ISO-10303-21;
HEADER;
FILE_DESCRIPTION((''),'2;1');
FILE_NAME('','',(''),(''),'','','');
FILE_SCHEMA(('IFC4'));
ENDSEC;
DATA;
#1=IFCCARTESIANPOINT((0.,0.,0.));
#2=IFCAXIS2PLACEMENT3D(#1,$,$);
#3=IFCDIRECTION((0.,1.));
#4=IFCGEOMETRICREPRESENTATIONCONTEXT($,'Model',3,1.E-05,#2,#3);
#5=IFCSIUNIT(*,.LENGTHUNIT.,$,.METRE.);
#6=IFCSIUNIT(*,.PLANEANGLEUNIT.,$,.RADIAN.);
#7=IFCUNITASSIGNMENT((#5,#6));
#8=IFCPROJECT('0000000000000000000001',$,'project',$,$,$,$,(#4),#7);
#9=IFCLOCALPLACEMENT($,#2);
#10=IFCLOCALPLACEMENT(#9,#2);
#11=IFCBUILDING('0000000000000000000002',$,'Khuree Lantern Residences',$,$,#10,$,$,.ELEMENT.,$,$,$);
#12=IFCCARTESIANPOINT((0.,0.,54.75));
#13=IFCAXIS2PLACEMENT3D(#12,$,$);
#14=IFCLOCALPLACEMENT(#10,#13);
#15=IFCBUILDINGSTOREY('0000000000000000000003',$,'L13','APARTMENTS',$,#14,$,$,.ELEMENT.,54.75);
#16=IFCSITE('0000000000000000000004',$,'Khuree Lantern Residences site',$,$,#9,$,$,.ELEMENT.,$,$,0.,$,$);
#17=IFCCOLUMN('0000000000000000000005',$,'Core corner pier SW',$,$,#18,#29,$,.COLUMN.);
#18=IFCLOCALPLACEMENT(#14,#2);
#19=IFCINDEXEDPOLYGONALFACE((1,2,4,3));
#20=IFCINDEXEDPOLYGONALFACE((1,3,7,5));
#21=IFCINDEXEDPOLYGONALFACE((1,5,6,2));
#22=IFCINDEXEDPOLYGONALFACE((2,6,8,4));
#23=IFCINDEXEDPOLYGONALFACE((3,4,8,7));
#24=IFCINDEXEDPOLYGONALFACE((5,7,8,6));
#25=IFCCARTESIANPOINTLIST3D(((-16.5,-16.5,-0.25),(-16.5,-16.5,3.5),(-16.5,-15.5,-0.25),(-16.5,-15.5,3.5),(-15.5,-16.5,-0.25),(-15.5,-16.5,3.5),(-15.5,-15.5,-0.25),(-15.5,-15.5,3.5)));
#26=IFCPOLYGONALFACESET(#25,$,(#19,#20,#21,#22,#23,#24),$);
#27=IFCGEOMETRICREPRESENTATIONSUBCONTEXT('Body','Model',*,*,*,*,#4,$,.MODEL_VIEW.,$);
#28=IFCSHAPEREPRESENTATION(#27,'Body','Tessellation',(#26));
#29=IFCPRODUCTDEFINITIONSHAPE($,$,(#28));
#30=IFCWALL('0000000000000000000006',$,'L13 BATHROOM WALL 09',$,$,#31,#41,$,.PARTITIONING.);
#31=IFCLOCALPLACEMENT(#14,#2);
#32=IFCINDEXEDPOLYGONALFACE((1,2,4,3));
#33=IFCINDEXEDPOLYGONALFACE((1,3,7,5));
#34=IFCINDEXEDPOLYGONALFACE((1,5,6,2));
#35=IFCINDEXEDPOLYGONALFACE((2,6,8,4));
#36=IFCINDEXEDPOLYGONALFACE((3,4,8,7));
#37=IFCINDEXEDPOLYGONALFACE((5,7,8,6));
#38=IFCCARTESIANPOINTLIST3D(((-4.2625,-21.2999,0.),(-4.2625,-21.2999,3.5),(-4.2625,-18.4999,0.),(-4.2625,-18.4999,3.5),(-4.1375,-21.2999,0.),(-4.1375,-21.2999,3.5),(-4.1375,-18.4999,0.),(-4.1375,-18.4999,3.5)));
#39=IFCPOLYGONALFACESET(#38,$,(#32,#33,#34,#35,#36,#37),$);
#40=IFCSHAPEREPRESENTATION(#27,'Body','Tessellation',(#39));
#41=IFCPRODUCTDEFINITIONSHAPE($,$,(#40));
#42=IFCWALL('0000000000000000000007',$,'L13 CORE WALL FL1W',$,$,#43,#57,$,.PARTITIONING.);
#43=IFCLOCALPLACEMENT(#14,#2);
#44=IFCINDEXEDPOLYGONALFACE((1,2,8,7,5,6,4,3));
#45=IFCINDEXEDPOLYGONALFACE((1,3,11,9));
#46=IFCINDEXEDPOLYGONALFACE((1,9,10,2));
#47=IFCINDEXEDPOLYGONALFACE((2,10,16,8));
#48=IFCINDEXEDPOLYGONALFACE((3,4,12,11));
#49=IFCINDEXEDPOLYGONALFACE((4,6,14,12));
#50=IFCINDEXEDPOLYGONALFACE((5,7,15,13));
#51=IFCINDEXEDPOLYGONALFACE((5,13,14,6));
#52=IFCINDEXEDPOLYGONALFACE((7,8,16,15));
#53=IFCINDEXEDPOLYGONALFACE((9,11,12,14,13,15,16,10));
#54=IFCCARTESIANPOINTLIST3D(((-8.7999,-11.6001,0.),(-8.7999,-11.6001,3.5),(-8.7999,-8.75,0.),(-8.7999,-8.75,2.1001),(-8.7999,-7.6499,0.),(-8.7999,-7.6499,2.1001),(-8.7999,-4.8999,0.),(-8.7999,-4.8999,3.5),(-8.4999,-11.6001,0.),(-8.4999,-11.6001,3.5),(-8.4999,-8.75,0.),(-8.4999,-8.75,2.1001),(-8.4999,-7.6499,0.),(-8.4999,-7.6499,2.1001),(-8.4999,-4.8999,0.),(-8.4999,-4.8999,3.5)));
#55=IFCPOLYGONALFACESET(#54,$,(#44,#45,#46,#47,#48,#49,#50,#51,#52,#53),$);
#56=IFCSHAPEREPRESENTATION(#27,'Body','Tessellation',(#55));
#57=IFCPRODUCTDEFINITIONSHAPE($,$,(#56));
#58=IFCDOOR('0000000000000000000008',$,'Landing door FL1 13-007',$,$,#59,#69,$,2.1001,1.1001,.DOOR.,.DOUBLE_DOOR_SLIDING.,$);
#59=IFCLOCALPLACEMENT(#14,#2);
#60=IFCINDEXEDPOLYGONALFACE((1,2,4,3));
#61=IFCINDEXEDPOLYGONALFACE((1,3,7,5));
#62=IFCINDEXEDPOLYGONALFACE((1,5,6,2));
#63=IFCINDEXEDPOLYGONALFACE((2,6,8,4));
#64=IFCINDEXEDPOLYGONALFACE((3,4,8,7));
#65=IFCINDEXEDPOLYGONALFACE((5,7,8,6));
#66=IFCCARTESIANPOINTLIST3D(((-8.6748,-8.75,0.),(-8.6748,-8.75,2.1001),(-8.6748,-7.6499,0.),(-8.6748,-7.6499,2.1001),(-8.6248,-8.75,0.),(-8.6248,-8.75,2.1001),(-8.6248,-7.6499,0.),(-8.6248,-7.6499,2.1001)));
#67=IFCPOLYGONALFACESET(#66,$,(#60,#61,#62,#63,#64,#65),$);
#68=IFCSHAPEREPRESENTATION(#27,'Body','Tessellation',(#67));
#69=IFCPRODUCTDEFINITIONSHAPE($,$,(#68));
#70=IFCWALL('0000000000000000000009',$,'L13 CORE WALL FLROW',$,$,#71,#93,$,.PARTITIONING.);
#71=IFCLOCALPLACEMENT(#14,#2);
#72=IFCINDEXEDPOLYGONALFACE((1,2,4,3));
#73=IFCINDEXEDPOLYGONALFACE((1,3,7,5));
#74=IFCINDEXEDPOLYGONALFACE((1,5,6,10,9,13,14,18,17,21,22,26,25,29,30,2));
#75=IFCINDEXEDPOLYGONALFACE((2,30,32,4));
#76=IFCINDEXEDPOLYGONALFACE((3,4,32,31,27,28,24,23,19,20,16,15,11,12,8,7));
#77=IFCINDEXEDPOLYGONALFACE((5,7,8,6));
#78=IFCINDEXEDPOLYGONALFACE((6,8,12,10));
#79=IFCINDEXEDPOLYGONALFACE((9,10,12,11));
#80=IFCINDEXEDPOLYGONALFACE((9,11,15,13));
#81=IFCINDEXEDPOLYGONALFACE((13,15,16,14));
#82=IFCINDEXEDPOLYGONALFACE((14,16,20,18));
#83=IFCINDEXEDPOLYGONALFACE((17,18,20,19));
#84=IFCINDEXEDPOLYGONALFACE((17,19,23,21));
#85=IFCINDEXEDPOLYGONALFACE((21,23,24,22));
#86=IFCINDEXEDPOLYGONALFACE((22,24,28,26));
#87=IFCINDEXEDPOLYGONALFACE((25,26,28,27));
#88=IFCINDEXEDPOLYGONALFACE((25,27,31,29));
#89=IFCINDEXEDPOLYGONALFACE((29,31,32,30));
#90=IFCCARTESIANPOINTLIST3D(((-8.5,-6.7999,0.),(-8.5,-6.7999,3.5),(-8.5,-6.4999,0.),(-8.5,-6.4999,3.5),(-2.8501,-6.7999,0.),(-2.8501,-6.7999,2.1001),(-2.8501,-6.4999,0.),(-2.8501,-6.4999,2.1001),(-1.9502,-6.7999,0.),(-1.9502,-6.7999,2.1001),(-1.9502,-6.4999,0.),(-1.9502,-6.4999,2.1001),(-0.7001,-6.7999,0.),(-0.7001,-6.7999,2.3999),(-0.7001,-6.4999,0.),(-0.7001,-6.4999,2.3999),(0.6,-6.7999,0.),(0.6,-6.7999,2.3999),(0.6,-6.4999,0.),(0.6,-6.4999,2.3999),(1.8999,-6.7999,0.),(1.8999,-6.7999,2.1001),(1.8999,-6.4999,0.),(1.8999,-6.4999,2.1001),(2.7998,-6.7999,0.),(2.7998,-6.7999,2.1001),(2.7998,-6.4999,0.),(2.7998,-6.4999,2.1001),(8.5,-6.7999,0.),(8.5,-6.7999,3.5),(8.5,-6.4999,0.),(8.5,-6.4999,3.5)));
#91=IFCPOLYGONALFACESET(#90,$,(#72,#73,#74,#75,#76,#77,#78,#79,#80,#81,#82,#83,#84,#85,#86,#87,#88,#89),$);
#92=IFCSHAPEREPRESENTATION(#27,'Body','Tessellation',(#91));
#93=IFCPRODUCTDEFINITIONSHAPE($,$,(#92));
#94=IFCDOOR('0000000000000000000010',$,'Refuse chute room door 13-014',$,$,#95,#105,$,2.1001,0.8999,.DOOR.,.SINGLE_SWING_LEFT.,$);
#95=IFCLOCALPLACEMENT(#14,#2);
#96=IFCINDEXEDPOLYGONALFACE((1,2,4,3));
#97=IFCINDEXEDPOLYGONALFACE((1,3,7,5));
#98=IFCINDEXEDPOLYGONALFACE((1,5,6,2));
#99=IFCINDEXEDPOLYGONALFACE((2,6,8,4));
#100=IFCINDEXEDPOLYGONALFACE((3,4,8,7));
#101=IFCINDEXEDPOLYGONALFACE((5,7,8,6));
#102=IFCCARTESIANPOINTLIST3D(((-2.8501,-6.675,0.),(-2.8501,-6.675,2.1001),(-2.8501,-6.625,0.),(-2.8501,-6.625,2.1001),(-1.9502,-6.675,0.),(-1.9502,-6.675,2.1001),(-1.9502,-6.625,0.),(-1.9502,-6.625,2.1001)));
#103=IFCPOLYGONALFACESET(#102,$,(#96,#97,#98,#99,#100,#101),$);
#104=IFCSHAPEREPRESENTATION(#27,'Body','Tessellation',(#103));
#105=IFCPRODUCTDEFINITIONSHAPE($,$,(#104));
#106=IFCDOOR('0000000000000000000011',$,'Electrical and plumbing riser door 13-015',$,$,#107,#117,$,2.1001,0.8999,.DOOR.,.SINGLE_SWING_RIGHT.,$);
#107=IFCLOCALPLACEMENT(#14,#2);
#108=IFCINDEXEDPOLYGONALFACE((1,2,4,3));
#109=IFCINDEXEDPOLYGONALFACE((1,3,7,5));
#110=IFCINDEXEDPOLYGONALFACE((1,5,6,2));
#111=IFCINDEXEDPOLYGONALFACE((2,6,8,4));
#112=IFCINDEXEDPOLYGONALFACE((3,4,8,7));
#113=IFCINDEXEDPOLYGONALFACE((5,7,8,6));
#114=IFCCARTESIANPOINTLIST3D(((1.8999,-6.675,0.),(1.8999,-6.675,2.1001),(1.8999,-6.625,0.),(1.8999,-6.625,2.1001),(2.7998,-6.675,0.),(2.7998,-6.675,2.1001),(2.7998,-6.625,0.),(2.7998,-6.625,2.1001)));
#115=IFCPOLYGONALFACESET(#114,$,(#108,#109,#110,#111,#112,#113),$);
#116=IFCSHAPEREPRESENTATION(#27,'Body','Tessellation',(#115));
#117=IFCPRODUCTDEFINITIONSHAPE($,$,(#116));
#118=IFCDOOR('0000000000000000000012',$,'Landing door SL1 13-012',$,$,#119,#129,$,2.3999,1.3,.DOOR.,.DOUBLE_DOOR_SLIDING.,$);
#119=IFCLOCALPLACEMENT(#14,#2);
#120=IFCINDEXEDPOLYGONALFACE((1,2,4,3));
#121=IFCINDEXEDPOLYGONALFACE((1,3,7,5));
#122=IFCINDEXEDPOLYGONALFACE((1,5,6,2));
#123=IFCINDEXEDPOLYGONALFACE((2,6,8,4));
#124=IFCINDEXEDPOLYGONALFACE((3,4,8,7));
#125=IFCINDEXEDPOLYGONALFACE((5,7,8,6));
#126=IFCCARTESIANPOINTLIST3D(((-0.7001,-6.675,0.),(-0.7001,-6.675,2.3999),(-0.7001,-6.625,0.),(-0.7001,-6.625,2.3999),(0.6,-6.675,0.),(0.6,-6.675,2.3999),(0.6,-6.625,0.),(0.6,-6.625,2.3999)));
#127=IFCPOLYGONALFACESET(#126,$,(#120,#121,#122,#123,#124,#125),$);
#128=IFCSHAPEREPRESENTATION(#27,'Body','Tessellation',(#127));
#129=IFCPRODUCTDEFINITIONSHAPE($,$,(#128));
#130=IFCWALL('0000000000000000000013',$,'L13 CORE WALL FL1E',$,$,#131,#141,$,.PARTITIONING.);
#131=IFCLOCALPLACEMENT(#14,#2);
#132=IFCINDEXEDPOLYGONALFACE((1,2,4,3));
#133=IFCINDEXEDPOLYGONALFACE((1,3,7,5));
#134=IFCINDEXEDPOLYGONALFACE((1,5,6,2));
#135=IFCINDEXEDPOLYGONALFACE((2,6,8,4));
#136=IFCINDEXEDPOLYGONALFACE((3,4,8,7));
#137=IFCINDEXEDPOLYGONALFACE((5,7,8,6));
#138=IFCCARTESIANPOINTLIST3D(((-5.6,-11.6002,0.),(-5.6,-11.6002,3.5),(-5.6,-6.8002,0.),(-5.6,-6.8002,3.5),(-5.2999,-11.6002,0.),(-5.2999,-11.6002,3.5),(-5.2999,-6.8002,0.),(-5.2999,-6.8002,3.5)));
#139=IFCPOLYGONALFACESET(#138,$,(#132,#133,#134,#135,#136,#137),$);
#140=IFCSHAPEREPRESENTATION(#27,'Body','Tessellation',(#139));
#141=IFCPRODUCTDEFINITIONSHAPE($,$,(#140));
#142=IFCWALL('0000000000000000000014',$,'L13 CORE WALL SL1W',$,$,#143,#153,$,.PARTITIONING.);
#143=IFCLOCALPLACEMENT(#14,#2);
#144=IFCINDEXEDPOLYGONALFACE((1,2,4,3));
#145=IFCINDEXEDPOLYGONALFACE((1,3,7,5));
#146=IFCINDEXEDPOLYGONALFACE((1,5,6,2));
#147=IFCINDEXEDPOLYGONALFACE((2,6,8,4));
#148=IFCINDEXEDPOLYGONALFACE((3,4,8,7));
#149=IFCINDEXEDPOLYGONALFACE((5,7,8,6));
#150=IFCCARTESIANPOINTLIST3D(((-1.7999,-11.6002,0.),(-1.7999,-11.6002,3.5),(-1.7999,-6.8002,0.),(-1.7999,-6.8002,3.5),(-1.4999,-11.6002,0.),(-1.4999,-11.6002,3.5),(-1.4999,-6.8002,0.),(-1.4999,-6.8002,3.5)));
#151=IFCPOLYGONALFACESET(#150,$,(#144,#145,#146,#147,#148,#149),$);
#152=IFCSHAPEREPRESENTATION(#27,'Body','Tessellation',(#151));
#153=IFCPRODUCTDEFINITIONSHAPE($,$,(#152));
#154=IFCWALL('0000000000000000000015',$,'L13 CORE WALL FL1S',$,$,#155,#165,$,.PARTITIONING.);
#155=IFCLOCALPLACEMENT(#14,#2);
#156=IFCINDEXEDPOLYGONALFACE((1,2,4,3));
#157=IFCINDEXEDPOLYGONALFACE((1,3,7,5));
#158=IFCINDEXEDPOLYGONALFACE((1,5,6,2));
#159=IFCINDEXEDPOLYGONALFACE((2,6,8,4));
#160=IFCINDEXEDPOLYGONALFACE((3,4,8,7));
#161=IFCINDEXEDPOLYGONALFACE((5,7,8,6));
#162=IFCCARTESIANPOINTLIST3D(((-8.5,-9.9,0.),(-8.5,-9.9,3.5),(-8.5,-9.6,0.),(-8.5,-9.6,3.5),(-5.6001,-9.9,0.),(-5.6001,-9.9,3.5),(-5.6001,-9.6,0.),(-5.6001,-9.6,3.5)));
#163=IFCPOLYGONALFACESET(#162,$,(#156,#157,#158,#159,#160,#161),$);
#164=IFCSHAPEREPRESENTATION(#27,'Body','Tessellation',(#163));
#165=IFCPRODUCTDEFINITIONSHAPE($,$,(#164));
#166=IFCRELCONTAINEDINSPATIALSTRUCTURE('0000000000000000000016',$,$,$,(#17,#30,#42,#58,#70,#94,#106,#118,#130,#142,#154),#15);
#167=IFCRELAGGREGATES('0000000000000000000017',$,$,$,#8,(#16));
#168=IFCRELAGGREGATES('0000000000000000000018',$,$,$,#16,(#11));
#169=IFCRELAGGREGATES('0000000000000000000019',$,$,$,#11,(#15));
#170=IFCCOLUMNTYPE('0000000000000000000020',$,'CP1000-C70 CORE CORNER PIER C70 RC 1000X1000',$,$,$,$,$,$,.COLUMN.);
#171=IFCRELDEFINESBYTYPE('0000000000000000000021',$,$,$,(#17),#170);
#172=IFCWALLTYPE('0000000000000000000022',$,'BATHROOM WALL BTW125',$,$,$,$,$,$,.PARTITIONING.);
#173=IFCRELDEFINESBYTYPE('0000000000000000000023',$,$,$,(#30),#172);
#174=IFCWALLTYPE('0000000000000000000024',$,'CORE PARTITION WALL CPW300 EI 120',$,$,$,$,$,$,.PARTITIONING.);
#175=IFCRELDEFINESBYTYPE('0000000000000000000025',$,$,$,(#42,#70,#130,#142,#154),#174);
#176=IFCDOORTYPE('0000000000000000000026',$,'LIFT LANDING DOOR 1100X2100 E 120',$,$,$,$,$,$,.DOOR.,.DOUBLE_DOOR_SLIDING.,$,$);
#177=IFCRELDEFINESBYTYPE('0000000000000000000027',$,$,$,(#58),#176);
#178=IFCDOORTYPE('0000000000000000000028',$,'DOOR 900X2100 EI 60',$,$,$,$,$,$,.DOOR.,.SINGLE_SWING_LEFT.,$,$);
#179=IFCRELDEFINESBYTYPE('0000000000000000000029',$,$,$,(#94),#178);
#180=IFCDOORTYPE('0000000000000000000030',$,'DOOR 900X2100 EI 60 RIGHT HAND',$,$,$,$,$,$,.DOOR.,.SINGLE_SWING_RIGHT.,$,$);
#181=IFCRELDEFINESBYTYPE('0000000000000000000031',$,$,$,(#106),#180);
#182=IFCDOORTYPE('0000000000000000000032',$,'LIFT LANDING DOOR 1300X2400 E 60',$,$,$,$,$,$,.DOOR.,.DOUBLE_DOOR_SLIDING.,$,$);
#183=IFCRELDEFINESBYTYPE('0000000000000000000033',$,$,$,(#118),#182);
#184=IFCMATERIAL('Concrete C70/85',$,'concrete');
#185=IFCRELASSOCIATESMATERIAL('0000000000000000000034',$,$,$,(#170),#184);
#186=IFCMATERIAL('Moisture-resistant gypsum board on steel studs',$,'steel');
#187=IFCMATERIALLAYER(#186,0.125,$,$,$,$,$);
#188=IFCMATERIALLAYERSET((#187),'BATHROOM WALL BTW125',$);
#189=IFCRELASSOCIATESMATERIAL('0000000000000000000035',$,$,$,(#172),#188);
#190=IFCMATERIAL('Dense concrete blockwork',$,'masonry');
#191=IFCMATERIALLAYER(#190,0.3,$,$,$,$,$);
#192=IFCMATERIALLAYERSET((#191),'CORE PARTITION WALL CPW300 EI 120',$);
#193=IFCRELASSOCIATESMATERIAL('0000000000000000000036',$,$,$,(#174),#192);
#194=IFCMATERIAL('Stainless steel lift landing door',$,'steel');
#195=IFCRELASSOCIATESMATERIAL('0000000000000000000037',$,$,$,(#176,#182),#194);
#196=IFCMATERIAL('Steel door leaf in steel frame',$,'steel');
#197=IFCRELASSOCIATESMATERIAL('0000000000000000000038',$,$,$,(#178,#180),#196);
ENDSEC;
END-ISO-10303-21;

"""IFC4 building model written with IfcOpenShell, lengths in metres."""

from ifc_helpers import new_model, si_unit, direction, frame, frame_2d, origin, origin_2d, place, context, subcontext, project, spatial, rectangle, extrude, material, layer, layer_set, material_profile, profile_set, type_object, element, fill, save


model = new_model("IFC4")

# Units and contexts
model_context = context("Model", 3, precision=1e-05, world=origin(), true_north=direction((0.0, 1.0)))
body_context = subcontext(model_context, "Body", "Model", "MODEL_VIEW")
ifc_project = project(units=[si_unit("LENGTHUNIT", "METRE"), si_unit("PLANEANGLEUNIT", "RADIAN")], contexts=[model_context])

# Site, building, storey
site_placement = place(None, origin())
site = spatial("IfcSite", under=ifc_project, at=site_placement, Name="Khuree Lantern Residences site", CompositionType="ELEMENT", RefElevation=0.0)
building_placement = place(site_placement, origin())
building = spatial("IfcBuilding", under=site, at=building_placement, Name="Khuree Lantern Residences", CompositionType="ELEMENT")
storey_placement = place(building_placement, frame((0.0, 0.0, 54.75)))
storey = spatial("IfcBuildingStorey", under=building, at=storey_placement, Name="L13", Description="APARTMENTS", CompositionType="ELEMENT", Elevation=54.75)

# Column
ifc_material_1 = material(Name="Concrete C70/85", Category="concrete")
ifc_material_profile = material_profile(ifc_material_1, rectangle(XDim=1.0, YDim=1.0, at=origin_2d()), Name="RC 1000X1000")
ifc_profile_set = profile_set([ifc_material_profile], Name="Concrete C70/85")
column_type = type_object("IfcColumnType", Name="CP1000-C70 CORE CORNER PIER C70 RC 1000X1000", PredefinedType="COLUMN", material=ifc_profile_set)
column_placement = place(storey_placement, frame((-16.0, -16.0, -0.25), z_axis=(0.0, 0.0, 1.0), x_axis=(1.0, 0.0, 0.0)))
element("IfcColumn", 1, at=column_placement, inside=storey, type_object=column_type, Name="Core corner pier SW", PredefinedType="COLUMN", context=body_context, shape_type="SweptSolid", body=[
    extrude(rectangle(XDim=1.0, YDim=1.0, at=origin_2d()), origin(), (0.0, 0.0, 1.0), 3.75),
])

# Wall
ifc_material_2 = material(Name="Moisture-resistant gypsum board on steel studs", Category="steel")
ifc_layer_1 = layer(ifc_material_2, 0.125)
ifc_layer_set_1 = layer_set([ifc_layer_1], Name="BATHROOM WALL BTW125")
wall_type_1 = type_object("IfcWallType", Name="BATHROOM WALL BTW125", PredefinedType="PARTITIONING", material=ifc_layer_set_1)
wall_1_placement = place(storey_placement, frame((-4.2, -18.5, 0.0), z_axis=(0.0, 0.0, 1.0), x_axis=(0.0, -1.0, 0.0)))
element("IfcWall", 2, at=wall_1_placement, inside=storey, type_object=wall_type_1, Name="L13 BATHROOM WALL 09", PredefinedType="PARTITIONING", context=body_context, shape_type="SweptSolid", body=[
    extrude(rectangle(XDim=2.8, YDim=0.125, at=frame_2d((1.3999, 0.0))), origin(), (0.0, 0.0, 1.0), 3.5),
])

# Wall, opening, door
ifc_material_3 = material(Name="Dense concrete blockwork", Category="masonry")
ifc_layer_2 = layer(ifc_material_3, 0.3)
ifc_layer_set_2 = layer_set([ifc_layer_2], Name="CORE PARTITION WALL CPW300 EI 120")
wall_type_2 = type_object("IfcWallType", Name="CORE PARTITION WALL CPW300 EI 120", PredefinedType="PARTITIONING", material=ifc_layer_set_2)
wall_2_placement = place(storey_placement, frame((-8.6499, -11.6001, 0.0), z_axis=(0.0, 0.0, 1.0), x_axis=(0.0, 1.0, 0.0)))
wall_2 = element("IfcWall", 3, at=wall_2_placement, inside=storey, type_object=wall_type_2, Name="L13 CORE WALL FL1W", PredefinedType="PARTITIONING", context=body_context, shape_type="SweptSolid", body=[
    extrude(rectangle(XDim=6.7002, YDim=0.3, at=frame_2d((3.3501, 0.0))), origin(), (0.0, 0.0, 1.0), 3.5),
])
opening_1_placement = place(wall_2_placement, frame((2.8501, 0.0, 0.0)))
opening_1 = element("IfcOpeningElement", 4, at=opening_1_placement, cuts=wall_2, PredefinedType="OPENING", context=body_context, shape_type="SweptSolid", body=[
    extrude(rectangle(XDim=1.1001, YDim=2.1001, at=frame_2d((0.55, 1.05))), frame((0.0, 0.1602, 0.0), z_axis=(0.0, -1.0, 0.0), x_axis=(1.0, 0.0, 0.0)), (0.0, 0.0, 1.0), 0.3201),
])
ifc_material_4 = material(Name="Stainless steel lift landing door", Category="steel")
door_type_1 = type_object("IfcDoorType", Name="LIFT LANDING DOOR 1100X2100 E 120", OperationType="DOUBLE_DOOR_SLIDING", PredefinedType="DOOR", material=ifc_material_4)
door_1_placement = place(opening_1_placement, origin())
door_1 = element("IfcDoor", 5, at=door_1_placement, inside=storey, type_object=door_type_1, Name="Landing door FL1 13-007", OperationType="DOUBLE_DOOR_SLIDING", OverallHeight=2.1001, OverallWidth=1.1001, PredefinedType="DOOR", context=body_context, shape_type="SweptSolid", body=[
    extrude(rectangle(XDim=1.1001, YDim=2.1001, at=frame_2d((0.55, 1.05))), frame((0.0, 0.0249, 0.0), z_axis=(0.0, -1.0, 0.0), x_axis=(1.0, 0.0, 0.0)), (0.0, 0.0, 1.0), 0.05),
])
fill(opening_1, door_1)

# Wall, openings, doors
wall_3_placement = place(storey_placement, frame((-8.5, -6.6499, 0.0), z_axis=(0.0, 0.0, 1.0), x_axis=(1.0, 0.0, 0.0)))
wall_3 = element("IfcWall", 6, at=wall_3_placement, inside=storey, type_object=wall_type_2, Name="L13 CORE WALL FLROW", PredefinedType="PARTITIONING", context=body_context, shape_type="SweptSolid", body=[
    extrude(rectangle(XDim=17.0, YDim=0.3, at=frame_2d((8.5, 0.0))), origin(), (0.0, 0.0, 1.0), 3.5),
])
opening_2_placement = place(wall_3_placement, frame((7.8, 0.0, 0.0)))
opening_2 = element("IfcOpeningElement", 7, at=opening_2_placement, cuts=wall_3, PredefinedType="OPENING", context=body_context, shape_type="SweptSolid", body=[
    extrude(rectangle(XDim=1.3, YDim=2.3999, at=frame_2d((0.6499, 1.2))), frame((0.0, 0.1602, 0.0), z_axis=(0.0, -1.0, 0.0), x_axis=(1.0, 0.0, 0.0)), (0.0, 0.0, 1.0), 0.3201),
])
opening_3_placement = place(wall_3_placement, frame((5.6499, 0.0, 0.0)))
opening_3 = element("IfcOpeningElement", 8, at=opening_3_placement, cuts=wall_3, PredefinedType="OPENING", context=body_context, shape_type="SweptSolid", body=[
    extrude(rectangle(XDim=0.8999, YDim=2.1001, at=frame_2d((0.45, 1.05))), frame((0.0, 0.1602, 0.0), z_axis=(0.0, -1.0, 0.0), x_axis=(1.0, 0.0, 0.0)), (0.0, 0.0, 1.0), 0.3201),
])
opening_4_placement = place(wall_3_placement, frame((10.3999, 0.0, 0.0)))
opening_4 = element("IfcOpeningElement", 9, at=opening_4_placement, cuts=wall_3, PredefinedType="OPENING", context=body_context, shape_type="SweptSolid", body=[
    extrude(rectangle(XDim=0.8999, YDim=2.1001, at=frame_2d((0.45, 1.05))), frame((0.0, 0.1602, 0.0), z_axis=(0.0, -1.0, 0.0), x_axis=(1.0, 0.0, 0.0)), (0.0, 0.0, 1.0), 0.3201),
])
ifc_material_5 = material(Name="Steel door leaf in steel frame", Category="steel")
door_type_2 = type_object("IfcDoorType", Name="DOOR 900X2100 EI 60", OperationType="SINGLE_SWING_LEFT", PredefinedType="DOOR", material=ifc_material_5)
door_2_placement = place(opening_3_placement, origin())
door_2 = element("IfcDoor", 10, at=door_2_placement, inside=storey, type_object=door_type_2, Name="Refuse chute room door 13-014", OperationType="SINGLE_SWING_LEFT", OverallHeight=2.1001, OverallWidth=0.8999, PredefinedType="DOOR", context=body_context, shape_type="SweptSolid", body=[
    extrude(rectangle(XDim=0.8999, YDim=2.1001, at=frame_2d((0.45, 1.05))), frame((0.0, 0.0249, 0.0), z_axis=(0.0, -1.0, 0.0), x_axis=(1.0, 0.0, 0.0)), (0.0, 0.0, 1.0), 0.05),
])
fill(opening_3, door_2)
door_type_3 = type_object("IfcDoorType", Name="DOOR 900X2100 EI 60 RIGHT HAND", OperationType="SINGLE_SWING_RIGHT", PredefinedType="DOOR", material=ifc_material_5)
door_3_placement = place(opening_4_placement, origin())
door_3 = element("IfcDoor", 11, at=door_3_placement, inside=storey, type_object=door_type_3, Name="Electrical and plumbing riser door 13-015", OperationType="SINGLE_SWING_RIGHT", OverallHeight=2.1001, OverallWidth=0.8999, PredefinedType="DOOR", context=body_context, shape_type="SweptSolid", body=[
    extrude(rectangle(XDim=0.8999, YDim=2.1001, at=frame_2d((0.45, 1.05))), frame((0.0, 0.0249, 0.0), z_axis=(0.0, -1.0, 0.0), x_axis=(1.0, 0.0, 0.0)), (0.0, 0.0, 1.0), 0.05),
])
fill(opening_4, door_3)
door_type_4 = type_object("IfcDoorType", Name="LIFT LANDING DOOR 1300X2400 E 60", OperationType="DOUBLE_DOOR_SLIDING", PredefinedType="DOOR", material=ifc_material_4)
door_4_placement = place(opening_2_placement, origin())
door_4 = element("IfcDoor", 12, at=door_4_placement, inside=storey, type_object=door_type_4, Name="Landing door SL1 13-012", OperationType="DOUBLE_DOOR_SLIDING", OverallHeight=2.3999, OverallWidth=1.3, PredefinedType="DOOR", context=body_context, shape_type="SweptSolid", body=[
    extrude(rectangle(XDim=1.3, YDim=2.3999, at=frame_2d((0.6499, 1.2))), frame((0.0, 0.0249, 0.0), z_axis=(0.0, -1.0, 0.0), x_axis=(1.0, 0.0, 0.0)), (0.0, 0.0, 1.0), 0.05),
])
fill(opening_2, door_4)

# Walls
for number, where, z_axis, x_axis, name in (
    (13, (-5.45, -11.6001, 0.0), (0.0, 0.0, 1.0), (0.0, 1.0, 0.0), "L13 CORE WALL FL1E"),
    (14, (-1.6499, -11.6001, 0.0), (0.0, 0.0, 1.0), (0.0, 1.0, 0.0), "L13 CORE WALL SL1W"),
):
    element("IfcWall", number, at=place(storey_placement, frame(where, z_axis=z_axis, x_axis=x_axis)), inside=storey, type_object=wall_type_2, Name=name, PredefinedType="PARTITIONING", context=body_context, shape_type="SweptSolid", body=[
        extrude(rectangle(XDim=4.8, YDim=0.3, at=frame_2d((2.3999, 0.0))), origin(), (0.0, 0.0, 1.0), 3.5),
    ])
for number, where, z_axis, x_axis, name in (
    (15, (-8.5, -9.75, 0.0), (0.0, 0.0, 1.0), (1.0, 0.0, 0.0), "L13 CORE WALL FL1S"),
):
    element("IfcWall", number, at=place(storey_placement, frame(where, z_axis=z_axis, x_axis=x_axis)), inside=storey, type_object=wall_type_2, Name=name, PredefinedType="PARTITIONING", context=body_context, shape_type="SweptSolid", body=[
        extrude(rectangle(XDim=2.8999, YDim=0.3, at=frame_2d((1.45, 0.0))), origin(), (0.0, 0.0, 1.0), 3.5),
    ])

save(model, "model.ifc")
